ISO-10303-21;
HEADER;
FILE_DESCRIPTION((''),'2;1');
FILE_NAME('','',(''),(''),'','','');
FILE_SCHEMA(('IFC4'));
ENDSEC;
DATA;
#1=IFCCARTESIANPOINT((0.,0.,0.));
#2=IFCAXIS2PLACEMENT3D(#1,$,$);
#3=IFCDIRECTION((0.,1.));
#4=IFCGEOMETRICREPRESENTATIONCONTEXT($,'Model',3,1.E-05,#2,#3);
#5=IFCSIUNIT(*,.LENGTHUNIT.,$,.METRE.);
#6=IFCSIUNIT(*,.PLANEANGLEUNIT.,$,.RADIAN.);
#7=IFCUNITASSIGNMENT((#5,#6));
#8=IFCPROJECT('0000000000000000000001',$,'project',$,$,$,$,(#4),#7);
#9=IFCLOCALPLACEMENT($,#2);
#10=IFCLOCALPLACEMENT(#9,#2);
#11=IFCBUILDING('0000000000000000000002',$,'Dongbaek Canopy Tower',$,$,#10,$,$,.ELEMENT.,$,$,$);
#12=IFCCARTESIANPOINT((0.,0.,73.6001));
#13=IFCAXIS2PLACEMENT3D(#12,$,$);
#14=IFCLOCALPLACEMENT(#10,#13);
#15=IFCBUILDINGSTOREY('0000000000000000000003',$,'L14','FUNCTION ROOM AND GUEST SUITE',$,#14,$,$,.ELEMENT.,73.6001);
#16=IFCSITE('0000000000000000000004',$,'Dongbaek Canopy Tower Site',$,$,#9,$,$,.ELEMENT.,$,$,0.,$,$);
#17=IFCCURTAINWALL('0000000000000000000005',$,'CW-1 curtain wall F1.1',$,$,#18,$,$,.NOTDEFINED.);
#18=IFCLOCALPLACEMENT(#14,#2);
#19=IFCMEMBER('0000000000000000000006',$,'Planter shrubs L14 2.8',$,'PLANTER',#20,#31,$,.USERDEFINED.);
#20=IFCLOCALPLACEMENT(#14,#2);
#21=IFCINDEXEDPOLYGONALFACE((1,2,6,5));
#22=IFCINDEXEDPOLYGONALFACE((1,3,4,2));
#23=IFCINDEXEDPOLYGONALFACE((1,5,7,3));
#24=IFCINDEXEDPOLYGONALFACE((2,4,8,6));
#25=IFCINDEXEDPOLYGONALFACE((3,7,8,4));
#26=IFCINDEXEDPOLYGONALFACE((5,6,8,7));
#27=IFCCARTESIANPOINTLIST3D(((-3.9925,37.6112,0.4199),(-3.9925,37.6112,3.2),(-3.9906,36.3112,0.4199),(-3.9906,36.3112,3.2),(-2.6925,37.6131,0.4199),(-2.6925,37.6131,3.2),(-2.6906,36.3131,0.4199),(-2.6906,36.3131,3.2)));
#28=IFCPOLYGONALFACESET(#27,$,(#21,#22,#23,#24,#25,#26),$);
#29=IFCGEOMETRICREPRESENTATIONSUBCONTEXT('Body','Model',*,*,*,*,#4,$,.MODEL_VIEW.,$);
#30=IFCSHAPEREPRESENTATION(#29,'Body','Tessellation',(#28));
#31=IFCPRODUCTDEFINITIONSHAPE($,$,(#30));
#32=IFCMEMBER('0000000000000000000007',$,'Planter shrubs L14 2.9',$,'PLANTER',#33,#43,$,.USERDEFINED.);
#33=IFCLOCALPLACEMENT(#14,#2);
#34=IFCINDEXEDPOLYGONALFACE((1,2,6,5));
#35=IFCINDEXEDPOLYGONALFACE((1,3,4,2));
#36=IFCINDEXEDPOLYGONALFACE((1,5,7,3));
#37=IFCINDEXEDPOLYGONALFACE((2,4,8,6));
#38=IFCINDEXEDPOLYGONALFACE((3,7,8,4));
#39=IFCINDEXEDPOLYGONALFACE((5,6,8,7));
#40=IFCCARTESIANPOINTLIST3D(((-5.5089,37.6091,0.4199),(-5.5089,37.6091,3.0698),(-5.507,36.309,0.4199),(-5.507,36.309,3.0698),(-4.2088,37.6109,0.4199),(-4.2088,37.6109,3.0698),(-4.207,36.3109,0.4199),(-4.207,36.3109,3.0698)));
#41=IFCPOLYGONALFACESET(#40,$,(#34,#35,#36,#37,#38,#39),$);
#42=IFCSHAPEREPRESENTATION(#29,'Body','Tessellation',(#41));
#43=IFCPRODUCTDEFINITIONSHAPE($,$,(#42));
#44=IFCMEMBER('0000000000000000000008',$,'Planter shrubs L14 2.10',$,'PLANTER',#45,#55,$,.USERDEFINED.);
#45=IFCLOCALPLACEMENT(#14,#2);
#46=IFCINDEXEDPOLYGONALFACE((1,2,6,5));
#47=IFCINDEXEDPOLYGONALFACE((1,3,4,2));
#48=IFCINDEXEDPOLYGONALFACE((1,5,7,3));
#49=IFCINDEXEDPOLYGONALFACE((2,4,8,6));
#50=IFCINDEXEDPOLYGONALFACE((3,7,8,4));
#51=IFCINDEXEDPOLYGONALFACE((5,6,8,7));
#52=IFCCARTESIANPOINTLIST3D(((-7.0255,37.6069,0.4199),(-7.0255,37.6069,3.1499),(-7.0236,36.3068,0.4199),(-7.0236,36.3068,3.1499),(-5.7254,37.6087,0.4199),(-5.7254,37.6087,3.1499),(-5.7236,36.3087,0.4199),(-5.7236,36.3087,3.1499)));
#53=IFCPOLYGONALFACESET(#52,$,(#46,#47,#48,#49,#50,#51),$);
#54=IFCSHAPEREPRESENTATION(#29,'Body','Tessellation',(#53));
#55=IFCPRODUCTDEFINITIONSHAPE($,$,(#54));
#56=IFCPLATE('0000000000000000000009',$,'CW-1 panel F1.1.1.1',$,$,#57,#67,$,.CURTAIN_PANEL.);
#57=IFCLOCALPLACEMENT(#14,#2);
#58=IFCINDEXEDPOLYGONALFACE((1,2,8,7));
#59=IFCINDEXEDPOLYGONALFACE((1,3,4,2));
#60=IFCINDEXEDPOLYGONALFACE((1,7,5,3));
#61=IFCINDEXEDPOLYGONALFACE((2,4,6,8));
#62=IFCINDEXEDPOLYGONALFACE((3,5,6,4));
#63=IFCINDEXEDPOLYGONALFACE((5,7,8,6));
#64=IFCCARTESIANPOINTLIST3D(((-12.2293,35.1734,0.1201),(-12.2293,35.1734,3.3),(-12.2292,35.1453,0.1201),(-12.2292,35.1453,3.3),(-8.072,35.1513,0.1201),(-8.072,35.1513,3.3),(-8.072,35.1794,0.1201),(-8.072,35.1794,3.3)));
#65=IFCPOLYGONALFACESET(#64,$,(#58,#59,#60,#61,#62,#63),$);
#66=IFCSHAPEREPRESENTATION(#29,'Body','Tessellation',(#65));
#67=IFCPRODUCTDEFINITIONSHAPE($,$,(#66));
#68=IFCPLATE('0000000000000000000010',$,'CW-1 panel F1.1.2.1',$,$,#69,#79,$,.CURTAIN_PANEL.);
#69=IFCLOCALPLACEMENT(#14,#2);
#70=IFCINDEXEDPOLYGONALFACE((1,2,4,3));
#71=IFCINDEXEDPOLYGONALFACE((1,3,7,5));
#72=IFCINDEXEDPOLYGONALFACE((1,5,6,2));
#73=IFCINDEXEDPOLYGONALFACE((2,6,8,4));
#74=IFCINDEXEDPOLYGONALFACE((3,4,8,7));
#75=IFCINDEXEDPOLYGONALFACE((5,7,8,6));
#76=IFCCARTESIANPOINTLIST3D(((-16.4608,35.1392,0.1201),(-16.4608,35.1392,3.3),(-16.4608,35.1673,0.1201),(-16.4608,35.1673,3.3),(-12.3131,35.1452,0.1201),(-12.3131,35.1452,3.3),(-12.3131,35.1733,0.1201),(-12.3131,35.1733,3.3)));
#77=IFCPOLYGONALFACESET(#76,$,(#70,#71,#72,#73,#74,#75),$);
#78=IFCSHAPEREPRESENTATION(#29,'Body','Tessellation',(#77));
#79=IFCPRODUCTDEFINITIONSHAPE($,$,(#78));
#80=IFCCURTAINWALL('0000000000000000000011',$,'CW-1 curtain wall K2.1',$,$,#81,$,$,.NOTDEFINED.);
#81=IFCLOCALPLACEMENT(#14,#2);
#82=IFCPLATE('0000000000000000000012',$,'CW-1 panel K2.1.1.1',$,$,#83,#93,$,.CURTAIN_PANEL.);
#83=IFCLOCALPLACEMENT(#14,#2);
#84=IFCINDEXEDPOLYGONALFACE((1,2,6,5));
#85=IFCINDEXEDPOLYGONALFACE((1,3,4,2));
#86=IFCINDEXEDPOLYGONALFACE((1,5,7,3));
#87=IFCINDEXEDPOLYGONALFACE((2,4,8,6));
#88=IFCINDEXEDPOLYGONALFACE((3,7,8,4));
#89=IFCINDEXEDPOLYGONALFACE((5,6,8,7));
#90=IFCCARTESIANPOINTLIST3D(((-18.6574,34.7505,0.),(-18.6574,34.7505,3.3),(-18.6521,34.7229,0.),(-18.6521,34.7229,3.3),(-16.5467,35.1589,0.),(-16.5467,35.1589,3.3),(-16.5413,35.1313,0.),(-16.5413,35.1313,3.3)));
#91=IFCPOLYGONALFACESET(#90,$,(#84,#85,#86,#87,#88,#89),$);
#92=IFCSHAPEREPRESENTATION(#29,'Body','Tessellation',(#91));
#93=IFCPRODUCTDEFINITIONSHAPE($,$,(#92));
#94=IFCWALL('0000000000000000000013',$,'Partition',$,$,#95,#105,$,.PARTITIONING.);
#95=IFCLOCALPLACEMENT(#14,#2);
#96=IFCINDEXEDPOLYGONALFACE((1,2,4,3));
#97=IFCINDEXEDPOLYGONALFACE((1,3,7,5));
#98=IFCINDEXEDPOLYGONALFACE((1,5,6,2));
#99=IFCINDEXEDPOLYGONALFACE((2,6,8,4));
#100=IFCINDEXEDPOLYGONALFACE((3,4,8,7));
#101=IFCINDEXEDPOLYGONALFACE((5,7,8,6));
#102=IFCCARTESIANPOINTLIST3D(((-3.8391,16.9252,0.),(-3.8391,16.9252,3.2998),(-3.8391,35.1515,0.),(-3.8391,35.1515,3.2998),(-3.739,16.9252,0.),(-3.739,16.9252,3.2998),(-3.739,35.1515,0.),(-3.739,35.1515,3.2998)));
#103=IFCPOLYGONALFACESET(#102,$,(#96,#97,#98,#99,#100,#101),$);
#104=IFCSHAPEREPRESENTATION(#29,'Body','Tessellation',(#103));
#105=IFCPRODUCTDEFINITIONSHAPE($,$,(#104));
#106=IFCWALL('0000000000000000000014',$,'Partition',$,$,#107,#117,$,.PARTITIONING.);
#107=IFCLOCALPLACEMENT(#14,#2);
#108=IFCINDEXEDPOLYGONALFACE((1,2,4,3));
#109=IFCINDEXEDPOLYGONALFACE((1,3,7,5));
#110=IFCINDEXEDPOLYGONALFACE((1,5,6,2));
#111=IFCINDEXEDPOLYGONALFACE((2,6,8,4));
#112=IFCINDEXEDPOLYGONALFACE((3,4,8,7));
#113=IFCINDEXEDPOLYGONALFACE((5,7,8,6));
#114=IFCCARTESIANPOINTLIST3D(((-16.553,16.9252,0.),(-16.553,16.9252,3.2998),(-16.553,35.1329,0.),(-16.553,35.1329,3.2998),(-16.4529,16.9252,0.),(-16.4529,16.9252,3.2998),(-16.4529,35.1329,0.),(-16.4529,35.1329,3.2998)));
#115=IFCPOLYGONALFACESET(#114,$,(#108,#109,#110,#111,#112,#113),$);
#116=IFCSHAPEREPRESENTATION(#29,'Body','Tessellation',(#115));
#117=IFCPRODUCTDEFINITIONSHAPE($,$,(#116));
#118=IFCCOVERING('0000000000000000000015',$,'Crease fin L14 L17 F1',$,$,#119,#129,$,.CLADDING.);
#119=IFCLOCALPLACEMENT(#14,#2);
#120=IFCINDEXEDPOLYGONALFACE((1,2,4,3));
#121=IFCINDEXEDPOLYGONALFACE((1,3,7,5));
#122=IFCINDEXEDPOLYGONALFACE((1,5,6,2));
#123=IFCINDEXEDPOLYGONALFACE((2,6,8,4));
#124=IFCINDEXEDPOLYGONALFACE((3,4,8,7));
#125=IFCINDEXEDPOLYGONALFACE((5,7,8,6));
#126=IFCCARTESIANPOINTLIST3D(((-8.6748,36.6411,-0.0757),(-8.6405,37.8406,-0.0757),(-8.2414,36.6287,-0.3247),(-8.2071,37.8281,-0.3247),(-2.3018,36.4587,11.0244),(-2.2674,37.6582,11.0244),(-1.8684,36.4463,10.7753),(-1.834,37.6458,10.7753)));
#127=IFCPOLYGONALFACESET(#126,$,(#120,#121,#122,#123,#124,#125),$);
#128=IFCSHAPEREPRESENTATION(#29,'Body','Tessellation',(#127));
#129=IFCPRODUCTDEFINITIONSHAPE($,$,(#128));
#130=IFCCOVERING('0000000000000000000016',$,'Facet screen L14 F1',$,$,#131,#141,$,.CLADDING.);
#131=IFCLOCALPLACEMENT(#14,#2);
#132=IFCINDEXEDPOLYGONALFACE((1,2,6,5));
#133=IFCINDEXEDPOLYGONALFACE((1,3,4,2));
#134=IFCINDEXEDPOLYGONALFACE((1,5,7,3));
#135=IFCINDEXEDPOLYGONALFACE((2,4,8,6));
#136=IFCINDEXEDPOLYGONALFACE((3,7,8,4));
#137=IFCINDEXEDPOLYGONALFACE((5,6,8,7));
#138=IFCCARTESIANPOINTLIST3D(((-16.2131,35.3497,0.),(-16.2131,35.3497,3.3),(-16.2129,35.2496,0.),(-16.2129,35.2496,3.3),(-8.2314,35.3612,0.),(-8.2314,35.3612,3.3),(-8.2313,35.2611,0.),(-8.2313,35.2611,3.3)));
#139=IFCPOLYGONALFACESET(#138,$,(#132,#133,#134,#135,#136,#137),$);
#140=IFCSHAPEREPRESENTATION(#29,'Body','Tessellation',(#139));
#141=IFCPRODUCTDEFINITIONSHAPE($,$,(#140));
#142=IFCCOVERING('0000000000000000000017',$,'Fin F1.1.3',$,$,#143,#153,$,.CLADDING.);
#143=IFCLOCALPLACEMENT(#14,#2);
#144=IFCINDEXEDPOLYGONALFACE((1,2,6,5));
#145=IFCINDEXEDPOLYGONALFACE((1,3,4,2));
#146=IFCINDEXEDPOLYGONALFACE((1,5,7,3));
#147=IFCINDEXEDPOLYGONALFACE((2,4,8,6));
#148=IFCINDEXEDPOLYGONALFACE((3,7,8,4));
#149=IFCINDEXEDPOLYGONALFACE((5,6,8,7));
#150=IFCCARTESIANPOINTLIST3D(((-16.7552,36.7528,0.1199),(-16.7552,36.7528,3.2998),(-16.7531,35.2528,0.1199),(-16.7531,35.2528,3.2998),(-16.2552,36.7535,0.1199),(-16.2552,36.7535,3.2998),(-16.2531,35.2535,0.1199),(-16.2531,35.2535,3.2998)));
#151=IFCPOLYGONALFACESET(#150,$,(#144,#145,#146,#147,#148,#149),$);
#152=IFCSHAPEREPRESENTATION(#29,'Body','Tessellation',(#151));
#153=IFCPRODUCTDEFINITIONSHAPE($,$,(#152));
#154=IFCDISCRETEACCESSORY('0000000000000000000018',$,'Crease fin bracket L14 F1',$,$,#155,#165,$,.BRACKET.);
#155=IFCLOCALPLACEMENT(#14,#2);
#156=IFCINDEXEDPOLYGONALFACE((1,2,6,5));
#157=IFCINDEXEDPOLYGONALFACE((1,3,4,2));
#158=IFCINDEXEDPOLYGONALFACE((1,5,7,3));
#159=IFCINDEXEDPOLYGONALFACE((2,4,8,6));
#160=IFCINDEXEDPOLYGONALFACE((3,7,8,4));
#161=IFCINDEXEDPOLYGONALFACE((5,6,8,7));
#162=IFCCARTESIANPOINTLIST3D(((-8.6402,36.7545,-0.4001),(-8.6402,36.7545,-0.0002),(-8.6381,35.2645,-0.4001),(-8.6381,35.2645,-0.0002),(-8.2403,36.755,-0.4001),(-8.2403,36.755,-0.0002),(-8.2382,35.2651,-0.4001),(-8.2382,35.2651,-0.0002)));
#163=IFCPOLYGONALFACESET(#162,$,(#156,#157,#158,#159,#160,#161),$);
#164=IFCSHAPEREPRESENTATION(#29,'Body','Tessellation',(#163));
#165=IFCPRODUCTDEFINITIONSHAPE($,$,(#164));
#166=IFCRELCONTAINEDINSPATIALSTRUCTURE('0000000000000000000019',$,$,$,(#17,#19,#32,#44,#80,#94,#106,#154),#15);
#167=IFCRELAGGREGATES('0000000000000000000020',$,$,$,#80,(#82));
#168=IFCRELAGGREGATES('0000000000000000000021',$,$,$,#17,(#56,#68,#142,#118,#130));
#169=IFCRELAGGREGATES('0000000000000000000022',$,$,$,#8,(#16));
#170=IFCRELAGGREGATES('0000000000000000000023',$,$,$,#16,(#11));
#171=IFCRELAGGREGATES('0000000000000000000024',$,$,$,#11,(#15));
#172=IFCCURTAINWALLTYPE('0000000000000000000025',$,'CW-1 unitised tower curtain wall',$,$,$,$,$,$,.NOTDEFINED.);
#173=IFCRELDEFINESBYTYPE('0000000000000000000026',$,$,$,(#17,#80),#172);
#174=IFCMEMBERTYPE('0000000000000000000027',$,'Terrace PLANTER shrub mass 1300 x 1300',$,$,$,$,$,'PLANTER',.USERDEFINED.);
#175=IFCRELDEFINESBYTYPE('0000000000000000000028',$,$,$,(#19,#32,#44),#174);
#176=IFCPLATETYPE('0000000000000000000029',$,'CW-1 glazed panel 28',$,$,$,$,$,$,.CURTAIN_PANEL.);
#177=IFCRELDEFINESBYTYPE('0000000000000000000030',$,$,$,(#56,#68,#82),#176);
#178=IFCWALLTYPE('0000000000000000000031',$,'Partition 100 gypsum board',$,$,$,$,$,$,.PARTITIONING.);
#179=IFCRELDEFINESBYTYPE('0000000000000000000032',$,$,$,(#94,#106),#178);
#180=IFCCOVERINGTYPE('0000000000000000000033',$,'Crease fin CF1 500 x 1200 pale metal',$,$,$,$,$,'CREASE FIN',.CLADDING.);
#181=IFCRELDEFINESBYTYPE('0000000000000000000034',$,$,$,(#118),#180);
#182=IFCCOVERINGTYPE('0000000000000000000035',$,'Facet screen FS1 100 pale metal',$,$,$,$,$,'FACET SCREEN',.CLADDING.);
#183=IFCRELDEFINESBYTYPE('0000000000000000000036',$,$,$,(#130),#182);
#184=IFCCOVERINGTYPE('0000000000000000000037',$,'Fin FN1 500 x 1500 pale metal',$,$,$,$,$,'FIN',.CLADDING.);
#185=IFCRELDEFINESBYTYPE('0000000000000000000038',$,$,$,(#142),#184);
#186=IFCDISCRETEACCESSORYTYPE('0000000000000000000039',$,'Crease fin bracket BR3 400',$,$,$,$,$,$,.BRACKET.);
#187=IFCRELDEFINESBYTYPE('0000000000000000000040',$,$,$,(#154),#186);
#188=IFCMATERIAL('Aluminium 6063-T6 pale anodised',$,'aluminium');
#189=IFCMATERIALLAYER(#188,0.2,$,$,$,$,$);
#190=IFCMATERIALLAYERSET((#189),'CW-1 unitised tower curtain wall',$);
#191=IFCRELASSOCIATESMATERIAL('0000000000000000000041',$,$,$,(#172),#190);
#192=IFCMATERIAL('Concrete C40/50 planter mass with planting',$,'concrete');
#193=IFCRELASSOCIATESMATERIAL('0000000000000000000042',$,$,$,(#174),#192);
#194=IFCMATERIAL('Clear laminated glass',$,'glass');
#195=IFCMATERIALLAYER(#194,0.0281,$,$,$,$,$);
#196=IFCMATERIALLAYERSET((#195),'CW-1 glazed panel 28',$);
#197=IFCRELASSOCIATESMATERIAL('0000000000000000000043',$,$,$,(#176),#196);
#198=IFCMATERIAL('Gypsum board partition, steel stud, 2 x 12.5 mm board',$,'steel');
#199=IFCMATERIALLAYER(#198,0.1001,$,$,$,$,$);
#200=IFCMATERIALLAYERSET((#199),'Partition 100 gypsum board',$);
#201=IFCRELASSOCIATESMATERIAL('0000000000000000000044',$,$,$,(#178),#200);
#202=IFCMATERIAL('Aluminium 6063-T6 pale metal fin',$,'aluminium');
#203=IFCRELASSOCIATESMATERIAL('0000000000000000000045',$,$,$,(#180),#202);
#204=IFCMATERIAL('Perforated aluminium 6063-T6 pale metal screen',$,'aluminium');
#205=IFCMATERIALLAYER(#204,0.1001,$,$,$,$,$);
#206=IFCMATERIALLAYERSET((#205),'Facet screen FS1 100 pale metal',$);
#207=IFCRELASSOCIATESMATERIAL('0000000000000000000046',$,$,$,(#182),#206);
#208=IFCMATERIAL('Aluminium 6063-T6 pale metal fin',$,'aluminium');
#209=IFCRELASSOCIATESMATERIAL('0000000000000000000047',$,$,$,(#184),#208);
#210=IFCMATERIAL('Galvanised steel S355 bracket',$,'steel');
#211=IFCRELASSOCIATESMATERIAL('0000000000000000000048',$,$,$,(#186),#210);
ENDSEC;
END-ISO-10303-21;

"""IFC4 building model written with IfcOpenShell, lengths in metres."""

from ifc_helpers import new_model, si_unit, direction, frame, frame_2d, origin, origin_2d, place, context, subcontext, project, spatial, rectangle, extrude, material, layer, layer_set, material_profile, profile_set, type_object, element, aggregate, save


model = new_model("IFC4")

# Units and contexts
model_context = context("Model", 3, precision=1e-05, world=origin(), true_north=direction((0.0, 1.0)))
body_context = subcontext(model_context, "Body", "Model", "MODEL_VIEW")
ifc_project = project(units=[si_unit("LENGTHUNIT", "METRE"), si_unit("PLANEANGLEUNIT", "RADIAN")], contexts=[model_context])

# Site, building, storey
site_placement = place(None, origin())
site = spatial("IfcSite", under=ifc_project, at=site_placement, Name="Dongbaek Canopy Tower Site", CompositionType="ELEMENT", RefElevation=0.0)
building_placement = place(site_placement, origin())
building = spatial("IfcBuilding", under=site, at=building_placement, Name="Dongbaek Canopy Tower", CompositionType="ELEMENT")
storey_placement = place(building_placement, frame((0.0, 0.0, 73.6001)))
storey = spatial("IfcBuildingStorey", under=building, at=storey_placement, Name="L14", Description="FUNCTION ROOM AND GUEST SUITE", CompositionType="ELEMENT", Elevation=73.6001)

# Curtain wall
ifc_material_1 = material(Name="Aluminium 6063-T6 pale anodised", Category="aluminium")
ifc_layer_1 = layer(ifc_material_1, 0.2)
ifc_layer_set_1 = layer_set([ifc_layer_1], Name="CW-1 unitised tower curtain wall")
curtain_wall_type = type_object("IfcCurtainWallType", Name="CW-1 unitised tower curtain wall", PredefinedType="NOTDEFINED", material=ifc_layer_set_1)
curtain_wall_1_placement = place(storey_placement, origin())
curtain_wall_1 = element("IfcCurtainWall", 1, at=curtain_wall_1_placement, inside=storey, type_object=curtain_wall_type, Name="CW-1 curtain wall F1.1", PredefinedType="NOTDEFINED")

# Members
ifc_material_2 = material(Name="Concrete C40/50 planter mass with planting", Category="concrete")
ifc_material_profile_1 = material_profile(ifc_material_2, rectangle(XDim=1.3, YDim=1.3, at=origin_2d()), Name="Terrace PLANTER shrub mass 1300 x 1300")
ifc_profile_set_1 = profile_set([ifc_material_profile_1], Name="Concrete C40/50 planter mass with planting")
member_type_1 = type_object("IfcMemberType", Name="Terrace PLANTER shrub mass 1300 x 1300", ElementType="PLANTER", PredefinedType="USERDEFINED", material=ifc_profile_set_1)
member_1_placement = place(storey_placement, frame((-3.3416, 36.9622, 0.4199), z_axis=(0.0, 0.0, 1.0), x_axis=(-0.001434, 0.999999, 0.0)))
element("IfcMember", 2, at=member_1_placement, inside=storey, type_object=member_type_1, Name="Planter shrubs L14 2.8", ObjectType="PLANTER", PredefinedType="USERDEFINED", context=body_context, shape_type="SweptSolid", body=[
    extrude(rectangle(XDim=1.3, YDim=1.3, at=origin_2d()), origin(), (0.0, 0.0, 1.0), 2.78),
])
member_2_placement = place(storey_placement, frame((-4.8579, 36.96, 0.4199), z_axis=(0.0, 0.0, 1.0), x_axis=(-0.001434, 0.999999, 0.0)))
element("IfcMember", 3, at=member_2_placement, inside=storey, type_object=member_type_1, Name="Planter shrubs L14 2.9", ObjectType="PLANTER", PredefinedType="USERDEFINED", context=body_context, shape_type="SweptSolid", body=[
    extrude(rectangle(XDim=1.3, YDim=1.3, at=origin_2d()), origin(), (0.0, 0.0, 1.0), 2.6499),
])
member_3_placement = place(storey_placement, frame((-6.3745, 36.9578, 0.4199), z_axis=(0.0, 0.0, 1.0), x_axis=(-0.001434, 0.999999, 0.0)))
element("IfcMember", 4, at=member_3_placement, inside=storey, type_object=member_type_1, Name="Planter shrubs L14 2.10", ObjectType="PLANTER", PredefinedType="USERDEFINED", context=body_context, shape_type="SweptSolid", body=[
    extrude(rectangle(XDim=1.3, YDim=1.3, at=origin_2d()), origin(), (0.0, 0.0, 1.0), 2.73),
])

# Plates
ifc_material_3 = material(Name="Clear laminated glass", Category="glass")
ifc_layer_2 = layer(ifc_material_3, 0.0281)
ifc_layer_set_2 = layer_set([ifc_layer_2], Name="CW-1 glazed panel 28")
plate_type = type_object("IfcPlateType", Name="CW-1 glazed panel 28", PredefinedType="CURTAIN_PANEL", material=ifc_layer_set_2)
plate_1_placement = place(storey_placement, frame((-10.1506, 35.1624, 0.1201), z_axis=(0.0, 0.0, 1.0), x_axis=(-0.999999, -0.001434, 0.0)))
plate_1 = element("IfcPlate", 5, at=plate_1_placement, type_object=plate_type, Name="CW-1 panel F1.1.1.1", PredefinedType="CURTAIN_PANEL", context=body_context, shape_type="SweptSolid", body=[
    extrude(rectangle(XDim=4.1572, YDim=0.0281, at=origin_2d()), origin(), (0.0, 0.0, 1.0), 3.1799),
])
plate_2_placement = place(storey_placement, frame((-14.387, 35.1562, 0.1201), z_axis=(0.0, 0.0, 1.0), x_axis=(-0.999999, -0.001434, 0.0)))
plate_2 = element("IfcPlate", 6, at=plate_2_placement, type_object=plate_type, Name="CW-1 panel F1.1.2.1", PredefinedType="CURTAIN_PANEL", context=body_context, shape_type="SweptSolid", body=[
    extrude(rectangle(XDim=4.1477, YDim=0.0281, at=origin_2d()), origin(), (0.0, 0.0, 1.0), 3.1799),
])

# Curtain wall, plate
curtain_wall_2_placement = place(storey_placement, origin())
curtain_wall_2 = element("IfcCurtainWall", 7, at=curtain_wall_2_placement, inside=storey, type_object=curtain_wall_type, Name="CW-1 curtain wall K2.1", PredefinedType="NOTDEFINED")
plate_3_placement = place(storey_placement, frame((-17.5994, 34.9409, 0.0), z_axis=(0.0, 0.0, 1.0), x_axis=(-0.981793, -0.189955, 0.0)))
plate_3 = element("IfcPlate", 8, at=plate_3_placement, type_object=plate_type, Name="CW-1 panel K2.1.1.1", PredefinedType="CURTAIN_PANEL", context=body_context, shape_type="SweptSolid", body=[
    extrude(rectangle(XDim=2.1499, YDim=0.0281, at=origin_2d()), origin(), (0.0, 0.0, 1.0), 3.3),
])
aggregate(curtain_wall_2, [plate_3])

# Walls
ifc_material_4 = material(Name="Gypsum board partition, steel stud, 2 x 12.5 mm board", Category="steel")
ifc_layer_3 = layer(ifc_material_4, 0.1001)
ifc_layer_set_3 = layer_set([ifc_layer_3], Name="Partition 100 gypsum board")
wall_type = type_object("IfcWallType", Name="Partition 100 gypsum board", PredefinedType="PARTITIONING", material=ifc_layer_set_3)
wall_1_placement = place(storey_placement, frame((-3.7891, 16.925, 0.0), z_axis=(0.0, 0.0, 1.0), x_axis=(0.0, 1.0, 0.0)))
element("IfcWall", 9, at=wall_1_placement, inside=storey, type_object=wall_type, Name="Partition", PredefinedType="PARTITIONING", context=body_context, shape_type="SweptSolid", body=[
    extrude(rectangle(XDim=18.2263, YDim=0.1001, at=frame_2d((9.1133, 0.0))), origin(), (0.0, 0.0, 1.0), 3.2998),
])
wall_2_placement = place(storey_placement, frame((-16.5029, 16.925, 0.0), z_axis=(0.0, 0.0, 1.0), x_axis=(0.0, 1.0, 0.0)))
element("IfcWall", 10, at=wall_2_placement, inside=storey, type_object=wall_type, Name="Partition", PredefinedType="PARTITIONING", context=body_context, shape_type="SweptSolid", body=[
    extrude(rectangle(XDim=18.2078, YDim=0.1001, at=frame_2d((9.104, 0.0))), origin(), (0.0, 0.0, 1.0), 3.2998),
])

# Coverings
ifc_material_5 = material(Name="Aluminium 6063-T6 pale metal fin", Category="aluminium")
ifc_material_profile_2 = material_profile(ifc_material_5, rectangle(XDim=1.2, YDim=0.5, at=origin_2d()), Name="Crease fin CF1 500 x 1200 pale metal")
ifc_profile_set_2 = profile_set([ifc_material_profile_2], Name="Aluminium 6063-T6 pale metal fin")
covering_type_1 = type_object("IfcCoveringType", Name="Crease fin CF1 500 x 1200 pale metal", ElementType="CREASE FIN", PredefinedType="CLADDING", material=ifc_profile_set_2)
covering_1_placement = place(storey_placement, frame((-8.4409, 37.2346, -0.2002), z_axis=(0.497862, -0.014247, 0.867139), x_axis=(0.028605, 0.999591, 0.0)))
covering_1 = element("IfcCovering", 11, at=covering_1_placement, type_object=covering_type_1, Name="Crease fin L14 L17 F1", PredefinedType="CLADDING", context=body_context, shape_type="SweptSolid", body=[
    extrude(rectangle(XDim=1.2, YDim=0.5, at=origin_2d()), origin(), (0.0, 0.0, 1.0), 12.8008),
])
ifc_material_6 = material(Name="Perforated aluminium 6063-T6 pale metal screen", Category="aluminium")
ifc_layer_4 = layer(ifc_material_6, 0.1001)
ifc_layer_set_4 = layer_set([ifc_layer_4], Name="Facet screen FS1 100 pale metal")
covering_type_2 = type_object("IfcCoveringType", Name="Facet screen FS1 100 pale metal", ElementType="FACET SCREEN", PredefinedType="CLADDING", material=ifc_layer_set_4)
covering_2_placement = place(storey_placement, frame((-12.2222, 35.3054, 0.0), z_axis=(0.0, 0.0, 1.0), x_axis=(-0.999999, -0.001435, 0.0)))
covering_2 = element("IfcCovering", 12, at=covering_2_placement, type_object=covering_type_2, Name="Facet screen L14 F1", PredefinedType="CLADDING", context=body_context, shape_type="SweptSolid", body=[
    extrude(rectangle(XDim=7.9817, YDim=0.1001, at=origin_2d()), origin(), (0.0, 0.0, 1.0), 3.3),
])
ifc_material_7 = material(Name="Aluminium 6063-T6 pale metal fin", Category="aluminium")
ifc_material_profile_3 = material_profile(ifc_material_7, rectangle(XDim=1.5, YDim=0.5, at=origin_2d()), Name="Fin FN1 500 x 1500 pale metal")
ifc_profile_set_3 = profile_set([ifc_material_profile_3], Name="Aluminium 6063-T6 pale metal fin")
covering_type_3 = type_object("IfcCoveringType", Name="Fin FN1 500 x 1500 pale metal", ElementType="FIN", PredefinedType="CLADDING", material=ifc_profile_set_3)
covering_3_placement = place(storey_placement, frame((-16.5042, 36.0032, 0.1199), z_axis=(0.0, 0.0, 1.0), x_axis=(-0.001434, 0.999999, 0.0)))
covering_3 = element("IfcCovering", 13, at=covering_3_placement, type_object=covering_type_3, Name="Fin F1.1.3", PredefinedType="CLADDING", context=body_context, shape_type="SweptSolid", body=[
    extrude(rectangle(XDim=1.5, YDim=0.5, at=origin_2d()), origin(), (0.0, 0.0, 1.0), 3.1799),
])
aggregate(curtain_wall_1, [plate_1, plate_2, covering_3, covering_1, covering_2])

# Discrete accessory
ifc_material_8 = material(Name="Galvanised steel S355 bracket", Category="steel")
discrete_accessory_type = type_object("IfcDiscreteAccessoryType", Name="Crease fin bracket BR3 400", PredefinedType="BRACKET", material=ifc_material_8)
discrete_accessory_placement = place(storey_placement, frame((-8.4392, 36.0098, -0.4001), z_axis=(0.0, 0.0, 1.0), x_axis=(-0.001435, 0.999999, 0.0)))
element("IfcDiscreteAccessory", 14, at=discrete_accessory_placement, inside=storey, type_object=discrete_accessory_type, Name="Crease fin bracket L14 F1", PredefinedType="BRACKET", context=body_context, shape_type="SweptSolid", body=[
    extrude(rectangle(XDim=1.49, YDim=0.3999, at=origin_2d()), origin(), (0.0, 0.0, 1.0), 0.3999),
])

save(model, "model.ifc")
